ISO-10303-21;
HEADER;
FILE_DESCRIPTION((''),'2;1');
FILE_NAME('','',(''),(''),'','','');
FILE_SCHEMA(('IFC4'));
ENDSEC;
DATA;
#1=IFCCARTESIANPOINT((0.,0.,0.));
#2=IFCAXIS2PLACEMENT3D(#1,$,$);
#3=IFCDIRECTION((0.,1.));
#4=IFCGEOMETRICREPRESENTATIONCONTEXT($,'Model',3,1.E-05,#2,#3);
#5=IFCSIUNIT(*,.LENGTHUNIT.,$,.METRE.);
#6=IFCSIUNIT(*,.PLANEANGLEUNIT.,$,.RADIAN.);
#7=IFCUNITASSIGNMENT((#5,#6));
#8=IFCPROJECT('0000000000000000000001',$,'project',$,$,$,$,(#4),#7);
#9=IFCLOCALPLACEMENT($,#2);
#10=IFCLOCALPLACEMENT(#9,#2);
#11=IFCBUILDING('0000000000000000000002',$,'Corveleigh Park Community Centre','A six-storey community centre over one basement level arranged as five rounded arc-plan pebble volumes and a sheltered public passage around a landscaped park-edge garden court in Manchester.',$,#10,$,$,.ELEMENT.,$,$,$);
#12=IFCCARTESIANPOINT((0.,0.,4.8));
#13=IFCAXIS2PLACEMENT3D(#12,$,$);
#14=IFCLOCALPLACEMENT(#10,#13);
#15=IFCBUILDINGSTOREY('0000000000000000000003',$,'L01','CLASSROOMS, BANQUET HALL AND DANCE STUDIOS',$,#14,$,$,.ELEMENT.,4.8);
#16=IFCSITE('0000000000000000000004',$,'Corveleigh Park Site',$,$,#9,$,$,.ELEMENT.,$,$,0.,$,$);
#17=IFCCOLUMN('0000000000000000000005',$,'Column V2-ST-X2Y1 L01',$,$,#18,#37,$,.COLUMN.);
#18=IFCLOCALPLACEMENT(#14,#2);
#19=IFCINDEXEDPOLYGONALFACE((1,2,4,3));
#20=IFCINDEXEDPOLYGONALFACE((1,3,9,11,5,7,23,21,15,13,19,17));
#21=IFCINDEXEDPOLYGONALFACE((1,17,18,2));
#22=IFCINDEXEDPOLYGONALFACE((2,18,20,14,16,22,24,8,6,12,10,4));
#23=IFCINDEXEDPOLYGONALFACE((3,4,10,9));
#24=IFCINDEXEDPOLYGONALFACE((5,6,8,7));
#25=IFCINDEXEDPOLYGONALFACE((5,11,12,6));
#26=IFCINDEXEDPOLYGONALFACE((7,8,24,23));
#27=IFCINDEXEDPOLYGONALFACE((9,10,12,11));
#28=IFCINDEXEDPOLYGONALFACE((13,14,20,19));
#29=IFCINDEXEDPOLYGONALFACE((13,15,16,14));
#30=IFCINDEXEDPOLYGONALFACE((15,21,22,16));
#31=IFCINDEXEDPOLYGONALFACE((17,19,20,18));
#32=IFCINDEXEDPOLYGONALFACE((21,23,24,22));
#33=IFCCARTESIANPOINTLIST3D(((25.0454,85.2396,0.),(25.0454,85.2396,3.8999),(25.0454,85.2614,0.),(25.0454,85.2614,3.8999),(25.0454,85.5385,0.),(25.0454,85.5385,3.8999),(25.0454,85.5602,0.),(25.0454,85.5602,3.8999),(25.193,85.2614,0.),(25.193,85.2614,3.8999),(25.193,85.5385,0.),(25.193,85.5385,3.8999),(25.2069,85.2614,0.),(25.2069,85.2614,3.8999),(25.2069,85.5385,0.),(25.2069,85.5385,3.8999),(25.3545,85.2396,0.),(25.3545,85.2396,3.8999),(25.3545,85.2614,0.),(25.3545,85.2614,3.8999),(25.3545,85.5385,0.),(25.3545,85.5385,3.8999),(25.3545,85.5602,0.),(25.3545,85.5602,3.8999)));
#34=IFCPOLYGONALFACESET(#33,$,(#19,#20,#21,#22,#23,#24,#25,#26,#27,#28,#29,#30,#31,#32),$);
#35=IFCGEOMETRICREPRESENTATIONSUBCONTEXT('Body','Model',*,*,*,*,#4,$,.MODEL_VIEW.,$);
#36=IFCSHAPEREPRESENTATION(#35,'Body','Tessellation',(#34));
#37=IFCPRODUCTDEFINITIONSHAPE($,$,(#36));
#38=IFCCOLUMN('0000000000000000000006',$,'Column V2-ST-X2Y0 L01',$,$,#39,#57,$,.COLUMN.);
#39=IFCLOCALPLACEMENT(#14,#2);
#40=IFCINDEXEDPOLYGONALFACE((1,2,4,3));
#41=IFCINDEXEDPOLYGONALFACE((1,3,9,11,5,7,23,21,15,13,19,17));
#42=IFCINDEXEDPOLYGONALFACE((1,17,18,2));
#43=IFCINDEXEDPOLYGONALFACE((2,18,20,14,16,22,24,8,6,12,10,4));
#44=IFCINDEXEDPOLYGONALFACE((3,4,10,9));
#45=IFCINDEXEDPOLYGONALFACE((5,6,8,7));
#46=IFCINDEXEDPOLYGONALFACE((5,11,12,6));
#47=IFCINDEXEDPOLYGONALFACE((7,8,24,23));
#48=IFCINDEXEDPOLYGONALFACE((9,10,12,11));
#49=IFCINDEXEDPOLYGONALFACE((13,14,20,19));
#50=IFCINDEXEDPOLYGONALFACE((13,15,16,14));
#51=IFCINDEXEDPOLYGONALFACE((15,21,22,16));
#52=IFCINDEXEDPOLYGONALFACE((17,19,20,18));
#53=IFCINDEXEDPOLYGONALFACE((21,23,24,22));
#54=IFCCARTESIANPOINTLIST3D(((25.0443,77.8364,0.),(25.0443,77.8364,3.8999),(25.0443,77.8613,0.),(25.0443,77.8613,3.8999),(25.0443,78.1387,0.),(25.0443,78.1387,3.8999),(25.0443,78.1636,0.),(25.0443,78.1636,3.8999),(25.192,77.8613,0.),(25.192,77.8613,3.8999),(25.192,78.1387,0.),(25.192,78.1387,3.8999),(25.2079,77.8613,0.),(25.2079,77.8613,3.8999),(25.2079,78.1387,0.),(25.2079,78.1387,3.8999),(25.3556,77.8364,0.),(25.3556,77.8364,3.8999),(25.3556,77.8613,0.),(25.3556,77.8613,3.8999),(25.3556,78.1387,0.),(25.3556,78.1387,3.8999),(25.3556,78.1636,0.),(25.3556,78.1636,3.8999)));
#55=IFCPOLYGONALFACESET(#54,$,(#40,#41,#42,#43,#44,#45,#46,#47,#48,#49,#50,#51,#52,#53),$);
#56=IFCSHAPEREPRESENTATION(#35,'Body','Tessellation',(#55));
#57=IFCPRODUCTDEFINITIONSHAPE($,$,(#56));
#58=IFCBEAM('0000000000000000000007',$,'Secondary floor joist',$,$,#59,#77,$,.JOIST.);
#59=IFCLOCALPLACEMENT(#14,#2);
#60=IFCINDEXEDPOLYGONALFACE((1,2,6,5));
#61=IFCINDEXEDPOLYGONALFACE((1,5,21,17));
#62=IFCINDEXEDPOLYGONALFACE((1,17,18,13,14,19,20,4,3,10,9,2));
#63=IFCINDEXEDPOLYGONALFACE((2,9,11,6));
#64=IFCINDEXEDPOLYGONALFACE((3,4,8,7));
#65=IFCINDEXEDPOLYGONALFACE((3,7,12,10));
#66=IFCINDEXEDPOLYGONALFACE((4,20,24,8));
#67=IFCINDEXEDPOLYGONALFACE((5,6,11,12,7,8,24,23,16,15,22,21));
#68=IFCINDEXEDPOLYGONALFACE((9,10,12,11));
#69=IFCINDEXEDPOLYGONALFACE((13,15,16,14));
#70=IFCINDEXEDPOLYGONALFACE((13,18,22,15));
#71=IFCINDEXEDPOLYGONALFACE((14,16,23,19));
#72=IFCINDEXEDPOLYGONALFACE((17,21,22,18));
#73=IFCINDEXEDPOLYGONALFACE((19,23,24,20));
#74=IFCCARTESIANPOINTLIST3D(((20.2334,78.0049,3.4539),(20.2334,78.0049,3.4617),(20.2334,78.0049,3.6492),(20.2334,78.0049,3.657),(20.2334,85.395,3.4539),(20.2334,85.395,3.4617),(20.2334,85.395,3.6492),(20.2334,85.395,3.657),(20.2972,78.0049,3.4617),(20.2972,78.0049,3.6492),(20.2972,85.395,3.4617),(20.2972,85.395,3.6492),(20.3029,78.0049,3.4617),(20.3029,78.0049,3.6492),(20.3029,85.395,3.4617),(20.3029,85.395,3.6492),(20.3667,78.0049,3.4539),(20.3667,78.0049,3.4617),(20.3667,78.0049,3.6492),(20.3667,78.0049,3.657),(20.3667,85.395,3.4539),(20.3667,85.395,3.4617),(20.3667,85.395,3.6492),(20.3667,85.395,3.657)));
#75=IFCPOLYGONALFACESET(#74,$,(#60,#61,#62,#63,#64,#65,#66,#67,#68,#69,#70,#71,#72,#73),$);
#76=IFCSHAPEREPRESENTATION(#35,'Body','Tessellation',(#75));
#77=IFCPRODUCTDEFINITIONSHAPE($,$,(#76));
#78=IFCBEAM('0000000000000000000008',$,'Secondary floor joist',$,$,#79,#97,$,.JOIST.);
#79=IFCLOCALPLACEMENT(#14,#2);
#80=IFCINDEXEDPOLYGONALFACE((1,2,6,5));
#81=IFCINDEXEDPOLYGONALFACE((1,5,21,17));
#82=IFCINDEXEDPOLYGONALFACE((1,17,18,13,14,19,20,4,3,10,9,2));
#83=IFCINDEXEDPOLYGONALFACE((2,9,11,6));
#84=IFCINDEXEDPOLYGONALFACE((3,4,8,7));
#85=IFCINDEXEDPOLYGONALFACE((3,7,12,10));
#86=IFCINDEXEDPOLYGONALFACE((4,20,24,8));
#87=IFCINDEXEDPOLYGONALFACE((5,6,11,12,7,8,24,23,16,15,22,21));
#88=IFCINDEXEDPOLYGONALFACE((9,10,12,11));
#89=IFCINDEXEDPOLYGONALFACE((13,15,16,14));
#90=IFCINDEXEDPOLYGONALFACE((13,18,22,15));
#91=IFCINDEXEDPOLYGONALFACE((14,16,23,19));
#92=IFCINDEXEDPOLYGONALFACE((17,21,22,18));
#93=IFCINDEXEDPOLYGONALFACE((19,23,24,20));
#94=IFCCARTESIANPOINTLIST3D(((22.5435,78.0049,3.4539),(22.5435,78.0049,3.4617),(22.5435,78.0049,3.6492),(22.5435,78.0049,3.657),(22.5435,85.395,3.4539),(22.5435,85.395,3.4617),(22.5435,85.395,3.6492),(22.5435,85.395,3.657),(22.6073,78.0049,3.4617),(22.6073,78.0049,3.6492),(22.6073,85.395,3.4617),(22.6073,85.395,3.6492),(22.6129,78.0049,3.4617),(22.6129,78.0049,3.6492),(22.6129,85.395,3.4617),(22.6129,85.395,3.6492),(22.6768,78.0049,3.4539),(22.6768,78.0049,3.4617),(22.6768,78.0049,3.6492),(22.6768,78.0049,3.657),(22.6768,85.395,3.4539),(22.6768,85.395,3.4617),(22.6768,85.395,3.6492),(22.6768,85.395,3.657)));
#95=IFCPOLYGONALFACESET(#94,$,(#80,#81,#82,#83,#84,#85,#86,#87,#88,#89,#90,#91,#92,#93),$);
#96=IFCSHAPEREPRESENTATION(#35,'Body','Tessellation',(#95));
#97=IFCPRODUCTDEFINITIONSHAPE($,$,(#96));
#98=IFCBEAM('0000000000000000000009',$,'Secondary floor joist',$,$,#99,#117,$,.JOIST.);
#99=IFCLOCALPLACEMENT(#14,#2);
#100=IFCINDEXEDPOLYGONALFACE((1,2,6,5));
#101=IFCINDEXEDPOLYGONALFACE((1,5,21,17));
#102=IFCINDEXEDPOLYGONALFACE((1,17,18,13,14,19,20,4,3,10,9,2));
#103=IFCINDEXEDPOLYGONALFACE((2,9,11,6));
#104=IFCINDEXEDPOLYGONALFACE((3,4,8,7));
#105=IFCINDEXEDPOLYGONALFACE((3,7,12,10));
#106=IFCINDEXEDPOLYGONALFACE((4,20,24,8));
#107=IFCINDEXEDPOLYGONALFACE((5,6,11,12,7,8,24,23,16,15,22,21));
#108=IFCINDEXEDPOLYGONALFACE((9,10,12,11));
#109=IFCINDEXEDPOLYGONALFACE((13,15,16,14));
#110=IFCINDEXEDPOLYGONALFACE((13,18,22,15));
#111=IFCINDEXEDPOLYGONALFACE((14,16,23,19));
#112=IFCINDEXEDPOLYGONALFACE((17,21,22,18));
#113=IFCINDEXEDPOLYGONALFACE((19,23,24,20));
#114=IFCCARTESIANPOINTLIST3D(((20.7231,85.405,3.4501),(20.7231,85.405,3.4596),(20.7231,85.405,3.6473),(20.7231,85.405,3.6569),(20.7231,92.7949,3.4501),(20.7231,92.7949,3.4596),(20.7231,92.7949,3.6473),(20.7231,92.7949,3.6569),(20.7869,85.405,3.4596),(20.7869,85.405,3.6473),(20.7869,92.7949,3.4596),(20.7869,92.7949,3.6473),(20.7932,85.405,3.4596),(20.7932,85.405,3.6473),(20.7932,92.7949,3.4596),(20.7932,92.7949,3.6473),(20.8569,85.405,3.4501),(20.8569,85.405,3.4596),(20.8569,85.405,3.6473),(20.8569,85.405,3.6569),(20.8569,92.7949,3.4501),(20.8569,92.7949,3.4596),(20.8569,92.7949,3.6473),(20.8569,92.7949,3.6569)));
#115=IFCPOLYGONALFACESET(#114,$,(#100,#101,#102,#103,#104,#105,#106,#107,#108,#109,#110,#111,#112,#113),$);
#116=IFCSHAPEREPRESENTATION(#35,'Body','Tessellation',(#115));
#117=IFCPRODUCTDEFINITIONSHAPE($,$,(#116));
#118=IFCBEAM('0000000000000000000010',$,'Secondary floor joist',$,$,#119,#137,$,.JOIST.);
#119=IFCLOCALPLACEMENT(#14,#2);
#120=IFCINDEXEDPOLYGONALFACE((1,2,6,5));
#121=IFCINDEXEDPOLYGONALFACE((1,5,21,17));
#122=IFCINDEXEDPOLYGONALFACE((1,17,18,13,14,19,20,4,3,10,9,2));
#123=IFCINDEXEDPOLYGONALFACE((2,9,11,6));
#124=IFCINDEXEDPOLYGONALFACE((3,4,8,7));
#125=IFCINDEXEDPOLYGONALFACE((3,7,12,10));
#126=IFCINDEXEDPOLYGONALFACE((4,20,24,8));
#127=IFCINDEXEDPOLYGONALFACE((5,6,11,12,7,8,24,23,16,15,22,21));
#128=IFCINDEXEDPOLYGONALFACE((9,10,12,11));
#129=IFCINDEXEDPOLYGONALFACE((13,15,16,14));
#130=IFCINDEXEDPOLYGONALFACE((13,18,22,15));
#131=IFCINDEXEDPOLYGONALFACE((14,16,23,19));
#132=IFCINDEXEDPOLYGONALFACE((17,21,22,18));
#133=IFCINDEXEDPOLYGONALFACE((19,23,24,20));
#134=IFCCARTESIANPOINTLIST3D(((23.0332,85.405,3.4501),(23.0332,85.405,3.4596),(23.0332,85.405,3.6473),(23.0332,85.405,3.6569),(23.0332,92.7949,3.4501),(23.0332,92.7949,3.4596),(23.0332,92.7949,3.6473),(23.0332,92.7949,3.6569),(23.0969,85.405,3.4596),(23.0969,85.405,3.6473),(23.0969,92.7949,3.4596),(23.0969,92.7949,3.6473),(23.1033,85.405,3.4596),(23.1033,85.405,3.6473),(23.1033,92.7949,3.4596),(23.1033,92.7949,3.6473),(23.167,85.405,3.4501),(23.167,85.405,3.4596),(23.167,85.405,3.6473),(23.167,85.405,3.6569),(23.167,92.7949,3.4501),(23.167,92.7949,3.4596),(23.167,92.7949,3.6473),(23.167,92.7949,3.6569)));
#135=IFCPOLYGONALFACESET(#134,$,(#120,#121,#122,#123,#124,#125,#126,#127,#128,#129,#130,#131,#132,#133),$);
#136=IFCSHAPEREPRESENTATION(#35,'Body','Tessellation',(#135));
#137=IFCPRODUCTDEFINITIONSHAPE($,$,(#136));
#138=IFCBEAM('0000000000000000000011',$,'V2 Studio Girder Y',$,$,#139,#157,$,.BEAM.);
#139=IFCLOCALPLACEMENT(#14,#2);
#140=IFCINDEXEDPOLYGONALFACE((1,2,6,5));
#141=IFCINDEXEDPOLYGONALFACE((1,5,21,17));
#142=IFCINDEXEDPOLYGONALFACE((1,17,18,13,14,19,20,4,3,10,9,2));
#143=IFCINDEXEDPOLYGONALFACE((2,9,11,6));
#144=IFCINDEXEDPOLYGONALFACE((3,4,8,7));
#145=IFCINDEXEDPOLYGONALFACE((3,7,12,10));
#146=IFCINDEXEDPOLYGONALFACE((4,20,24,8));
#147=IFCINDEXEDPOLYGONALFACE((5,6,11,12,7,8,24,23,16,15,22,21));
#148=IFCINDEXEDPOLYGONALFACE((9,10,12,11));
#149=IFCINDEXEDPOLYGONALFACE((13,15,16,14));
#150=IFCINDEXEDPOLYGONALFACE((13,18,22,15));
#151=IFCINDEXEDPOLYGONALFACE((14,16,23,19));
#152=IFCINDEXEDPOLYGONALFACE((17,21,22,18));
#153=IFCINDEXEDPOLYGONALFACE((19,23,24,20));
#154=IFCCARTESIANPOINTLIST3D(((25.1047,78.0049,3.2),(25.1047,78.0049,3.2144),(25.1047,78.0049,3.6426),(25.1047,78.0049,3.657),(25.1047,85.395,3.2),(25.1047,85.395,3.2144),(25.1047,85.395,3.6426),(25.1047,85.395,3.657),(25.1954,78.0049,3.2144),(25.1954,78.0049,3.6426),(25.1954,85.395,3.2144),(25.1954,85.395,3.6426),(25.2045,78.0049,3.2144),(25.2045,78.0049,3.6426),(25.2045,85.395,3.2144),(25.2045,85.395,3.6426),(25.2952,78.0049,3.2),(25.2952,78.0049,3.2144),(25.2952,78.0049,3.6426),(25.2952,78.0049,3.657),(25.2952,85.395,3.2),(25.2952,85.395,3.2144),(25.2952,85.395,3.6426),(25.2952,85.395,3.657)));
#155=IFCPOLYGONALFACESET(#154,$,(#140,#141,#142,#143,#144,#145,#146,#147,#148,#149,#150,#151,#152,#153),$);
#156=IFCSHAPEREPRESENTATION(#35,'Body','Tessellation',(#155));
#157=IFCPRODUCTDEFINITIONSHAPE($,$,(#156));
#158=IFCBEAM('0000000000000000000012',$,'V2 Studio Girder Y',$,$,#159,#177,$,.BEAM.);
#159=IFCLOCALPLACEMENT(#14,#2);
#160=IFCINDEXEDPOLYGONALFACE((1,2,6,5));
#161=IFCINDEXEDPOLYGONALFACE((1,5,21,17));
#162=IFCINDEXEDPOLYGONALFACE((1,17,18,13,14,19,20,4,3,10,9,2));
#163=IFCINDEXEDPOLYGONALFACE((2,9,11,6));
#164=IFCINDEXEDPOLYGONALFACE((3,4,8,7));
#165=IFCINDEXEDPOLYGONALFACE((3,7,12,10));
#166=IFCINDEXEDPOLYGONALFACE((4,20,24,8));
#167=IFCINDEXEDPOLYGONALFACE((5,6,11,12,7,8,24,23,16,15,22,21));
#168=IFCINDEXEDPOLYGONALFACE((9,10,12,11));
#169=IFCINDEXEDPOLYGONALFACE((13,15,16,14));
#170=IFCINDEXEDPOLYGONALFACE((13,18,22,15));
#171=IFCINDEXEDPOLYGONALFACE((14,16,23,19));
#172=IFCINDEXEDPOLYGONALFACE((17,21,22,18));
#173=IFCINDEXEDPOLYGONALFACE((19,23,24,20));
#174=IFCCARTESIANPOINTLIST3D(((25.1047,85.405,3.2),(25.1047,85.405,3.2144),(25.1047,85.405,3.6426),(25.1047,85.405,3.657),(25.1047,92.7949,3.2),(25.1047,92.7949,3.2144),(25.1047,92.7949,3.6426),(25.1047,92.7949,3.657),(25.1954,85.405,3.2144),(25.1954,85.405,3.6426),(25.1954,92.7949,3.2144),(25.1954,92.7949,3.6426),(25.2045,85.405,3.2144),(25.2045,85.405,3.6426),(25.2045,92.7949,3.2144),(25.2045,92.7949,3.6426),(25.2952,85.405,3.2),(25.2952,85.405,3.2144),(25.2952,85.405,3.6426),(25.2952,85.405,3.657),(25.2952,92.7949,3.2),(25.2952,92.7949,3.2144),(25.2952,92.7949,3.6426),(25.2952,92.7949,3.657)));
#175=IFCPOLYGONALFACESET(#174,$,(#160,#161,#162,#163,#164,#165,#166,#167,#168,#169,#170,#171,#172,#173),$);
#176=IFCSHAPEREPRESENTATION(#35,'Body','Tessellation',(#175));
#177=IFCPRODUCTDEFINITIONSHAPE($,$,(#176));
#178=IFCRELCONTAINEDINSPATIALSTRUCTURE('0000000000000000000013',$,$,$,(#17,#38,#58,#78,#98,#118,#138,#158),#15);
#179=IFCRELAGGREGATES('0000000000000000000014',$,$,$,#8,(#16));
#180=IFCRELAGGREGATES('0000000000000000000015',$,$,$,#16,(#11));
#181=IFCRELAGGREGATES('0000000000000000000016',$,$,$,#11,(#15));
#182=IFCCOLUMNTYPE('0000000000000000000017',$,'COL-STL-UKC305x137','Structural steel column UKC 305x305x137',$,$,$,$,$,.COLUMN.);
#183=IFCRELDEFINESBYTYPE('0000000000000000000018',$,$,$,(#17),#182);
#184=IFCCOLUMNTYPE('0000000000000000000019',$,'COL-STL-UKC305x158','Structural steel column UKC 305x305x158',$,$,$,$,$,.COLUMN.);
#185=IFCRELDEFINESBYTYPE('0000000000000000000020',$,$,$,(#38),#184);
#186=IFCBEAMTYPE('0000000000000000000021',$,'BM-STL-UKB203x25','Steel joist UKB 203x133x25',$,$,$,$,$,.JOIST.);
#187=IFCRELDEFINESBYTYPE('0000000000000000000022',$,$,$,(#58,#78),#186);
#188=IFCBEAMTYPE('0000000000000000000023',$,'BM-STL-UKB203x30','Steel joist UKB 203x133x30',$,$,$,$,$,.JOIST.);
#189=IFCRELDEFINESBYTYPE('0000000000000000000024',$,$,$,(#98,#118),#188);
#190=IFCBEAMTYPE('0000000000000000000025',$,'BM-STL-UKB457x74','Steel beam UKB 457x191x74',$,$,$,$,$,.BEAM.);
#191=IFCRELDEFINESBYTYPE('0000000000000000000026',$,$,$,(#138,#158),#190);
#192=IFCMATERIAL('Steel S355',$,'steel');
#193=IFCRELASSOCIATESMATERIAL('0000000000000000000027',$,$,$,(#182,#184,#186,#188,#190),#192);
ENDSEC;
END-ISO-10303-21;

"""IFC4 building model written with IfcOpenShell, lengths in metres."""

from ifc_helpers import new_model, si_unit, direction, frame, origin, origin_2d, place, context, subcontext, project, spatial, i_section, extrude, material, material_profile, profile_set, type_object, element, save


model = new_model("IFC4")

# Units and contexts
model_context = context("Model", 3, precision=1e-05, world=origin(), true_north=direction((0.0, 1.0)))
body_context = subcontext(model_context, "Body", "Model", "MODEL_VIEW")
ifc_project = project(units=[si_unit("LENGTHUNIT", "METRE"), si_unit("PLANEANGLEUNIT", "RADIAN")], contexts=[model_context])

# Site, building, storey
site_placement = place(None, origin())
site = spatial("IfcSite", under=ifc_project, at=site_placement, Name="Corveleigh Park Site", CompositionType="ELEMENT", RefElevation=0.0)
building_placement = place(site_placement, origin())
building = spatial("IfcBuilding", under=site, at=building_placement, Name="Corveleigh Park Community Centre", Description="A six-storey community centre over one basement level arranged as five rounded arc-plan pebble volumes and a sheltered public passage around a landscaped park-edge garden court in Manchester.", CompositionType="ELEMENT")
storey_placement = place(building_placement, frame((0.0, 0.0, 4.8)))
storey = spatial("IfcBuildingStorey", under=building, at=storey_placement, Name="L01", Description="CLASSROOMS, BANQUET HALL AND DANCE STUDIOS", CompositionType="ELEMENT", Elevation=4.8)

# Columns
ifc_material_1 = material(Name="Steel S355", Category="steel")
ifc_material_profile_1 = material_profile(ifc_material_1, i_section(OverallWidth=0.3091, OverallDepth=0.3206, WebThickness=0.0139, FlangeThickness=0.0217, at=origin_2d()), Name="UKC 305x305x137", Category="steel")
ifc_profile_set_1 = profile_set([ifc_material_profile_1], Name="Steel S355")
column_type_1 = type_object("IfcColumnType", Name="COL-STL-UKC305x137", Description="Structural steel column UKC 305x305x137", PredefinedType="COLUMN", material=ifc_profile_set_1)
column_1_placement = place(storey_placement, frame((25.2, 85.3999, 0.0), z_axis=(0.0, 0.0, 1.0), x_axis=(1.0, 0.0, 0.0)))
element("IfcColumn", 1, at=column_1_placement, inside=storey, type_object=column_type_1, Name="Column V2-ST-X2Y1 L01", PredefinedType="COLUMN", context=body_context, shape_type="SweptSolid", body=[
    extrude(i_section(OverallWidth=0.3091, OverallDepth=0.3206, WebThickness=0.0139, FlangeThickness=0.0217, at=origin_2d()), origin(), (0.0, 0.0, 1.0), 3.8999),
])
ifc_material_profile_2 = material_profile(ifc_material_1, i_section(OverallWidth=0.3113, OverallDepth=0.3271, WebThickness=0.0159, FlangeThickness=0.0249, at=origin_2d()), Name="UKC 305x305x158", Category="steel")
ifc_profile_set_2 = profile_set([ifc_material_profile_2], Name="Steel S355")
column_type_2 = type_object("IfcColumnType", Name="COL-STL-UKC305x158", Description="Structural steel column UKC 305x305x158", PredefinedType="COLUMN", material=ifc_profile_set_2)
column_2_placement = place(storey_placement, frame((25.2, 78.0, 0.0), z_axis=(0.0, 0.0, 1.0), x_axis=(1.0, 0.0, 0.0)))
element("IfcColumn", 2, at=column_2_placement, inside=storey, type_object=column_type_2, Name="Column V2-ST-X2Y0 L01", PredefinedType="COLUMN", context=body_context, shape_type="SweptSolid", body=[
    extrude(i_section(OverallWidth=0.3113, OverallDepth=0.3271, WebThickness=0.0159, FlangeThickness=0.0249, at=origin_2d()), origin(), (0.0, 0.0, 1.0), 3.8999),
])

# Beams
ifc_material_profile_3 = material_profile(ifc_material_1, i_section(OverallWidth=0.1333, OverallDepth=0.2031, WebThickness=0.0056, FlangeThickness=0.0078, at=origin_2d()), Name="UKB 203x133x25", Category="steel")
ifc_profile_set_3 = profile_set([ifc_material_profile_3], Name="Steel S355")
beam_type_1 = type_object("IfcBeamType", Name="BM-STL-UKB203x25", Description="Steel joist UKB 203x133x25", PredefinedType="JOIST", material=ifc_profile_set_3)
for number, where, z_axis, x_axis, name in (
    (3, (20.3, 78.0049, 3.5554), (0.0, 1.0, 0.0), (-1.0, 0.0, 0.0), "Secondary floor joist"),
    (4, (22.6101, 78.0049, 3.5554), (0.0, 1.0, 0.0), (-1.0, 0.0, 0.0), "Secondary floor joist"),
):
    element("IfcBeam", number, at=place(storey_placement, frame(where, z_axis=z_axis, x_axis=x_axis)), inside=storey, type_object=beam_type_1, Name=name, PredefinedType="JOIST", context=body_context, shape_type="SweptSolid", body=[
        extrude(i_section(OverallWidth=0.1333, OverallDepth=0.2031, WebThickness=0.0056, FlangeThickness=0.0078, at=origin_2d()), origin(), (0.0, 0.0, 1.0), 7.3901),
    ])
ifc_material_profile_4 = material_profile(ifc_material_1, i_section(OverallWidth=0.1338, OverallDepth=0.2068, WebThickness=0.0063, FlangeThickness=0.0095, at=origin_2d()), Name="UKB 203x133x30", Category="steel")
ifc_profile_set_4 = profile_set([ifc_material_profile_4], Name="Steel S355")
beam_type_2 = type_object("IfcBeamType", Name="BM-STL-UKB203x30", Description="Steel joist UKB 203x133x30", PredefinedType="JOIST", material=ifc_profile_set_4)
for number, where, z_axis, x_axis, name in (
    (5, (20.79, 85.405, 3.5535), (0.0, 1.0, 0.0), (-1.0, 0.0, 0.0), "Secondary floor joist"),
    (6, (23.1001, 85.405, 3.5535), (0.0, 1.0, 0.0), (-1.0, 0.0, 0.0), "Secondary floor joist"),
):
    element("IfcBeam", number, at=place(storey_placement, frame(where, z_axis=z_axis, x_axis=x_axis)), inside=storey, type_object=beam_type_2, Name=name, PredefinedType="JOIST", context=body_context, shape_type="SweptSolid", body=[
        extrude(i_section(OverallWidth=0.1338, OverallDepth=0.2068, WebThickness=0.0063, FlangeThickness=0.0095, at=origin_2d()), origin(), (0.0, 0.0, 1.0), 7.3899),
    ])
ifc_material_profile_5 = material_profile(ifc_material_1, i_section(OverallWidth=0.1904, OverallDepth=0.457, WebThickness=0.009, FlangeThickness=0.0144, at=origin_2d()), Name="UKB 457x191x74", Category="steel")
ifc_profile_set_5 = profile_set([ifc_material_profile_5], Name="Steel S355")
beam_type_3 = type_object("IfcBeamType", Name="BM-STL-UKB457x74", Description="Steel beam UKB 457x191x74", PredefinedType="BEAM", material=ifc_profile_set_5)
beam_1_placement = place(storey_placement, frame((25.2, 78.0049, 3.4285), z_axis=(0.0, 1.0, 0.0), x_axis=(-1.0, 0.0, 0.0)))
element("IfcBeam", 7, at=beam_1_placement, inside=storey, type_object=beam_type_3, Name="V2 Studio Girder Y", PredefinedType="BEAM", context=body_context, shape_type="SweptSolid", body=[
    extrude(i_section(OverallWidth=0.1904, OverallDepth=0.457, WebThickness=0.009, FlangeThickness=0.0144, at=origin_2d()), origin(), (0.0, 0.0, 1.0), 7.3901),
])
beam_2_placement = place(storey_placement, frame((25.2, 85.405, 3.4285), z_axis=(0.0, 1.0, 0.0), x_axis=(-1.0, 0.0, 0.0)))
element("IfcBeam", 8, at=beam_2_placement, inside=storey, type_object=beam_type_3, Name="V2 Studio Girder Y", PredefinedType="BEAM", context=body_context, shape_type="SweptSolid", body=[
    extrude(i_section(OverallWidth=0.1904, OverallDepth=0.457, WebThickness=0.009, FlangeThickness=0.0144, at=origin_2d()), origin(), (0.0, 0.0, 1.0), 7.3899),
])

save(model, "model.ifc")
